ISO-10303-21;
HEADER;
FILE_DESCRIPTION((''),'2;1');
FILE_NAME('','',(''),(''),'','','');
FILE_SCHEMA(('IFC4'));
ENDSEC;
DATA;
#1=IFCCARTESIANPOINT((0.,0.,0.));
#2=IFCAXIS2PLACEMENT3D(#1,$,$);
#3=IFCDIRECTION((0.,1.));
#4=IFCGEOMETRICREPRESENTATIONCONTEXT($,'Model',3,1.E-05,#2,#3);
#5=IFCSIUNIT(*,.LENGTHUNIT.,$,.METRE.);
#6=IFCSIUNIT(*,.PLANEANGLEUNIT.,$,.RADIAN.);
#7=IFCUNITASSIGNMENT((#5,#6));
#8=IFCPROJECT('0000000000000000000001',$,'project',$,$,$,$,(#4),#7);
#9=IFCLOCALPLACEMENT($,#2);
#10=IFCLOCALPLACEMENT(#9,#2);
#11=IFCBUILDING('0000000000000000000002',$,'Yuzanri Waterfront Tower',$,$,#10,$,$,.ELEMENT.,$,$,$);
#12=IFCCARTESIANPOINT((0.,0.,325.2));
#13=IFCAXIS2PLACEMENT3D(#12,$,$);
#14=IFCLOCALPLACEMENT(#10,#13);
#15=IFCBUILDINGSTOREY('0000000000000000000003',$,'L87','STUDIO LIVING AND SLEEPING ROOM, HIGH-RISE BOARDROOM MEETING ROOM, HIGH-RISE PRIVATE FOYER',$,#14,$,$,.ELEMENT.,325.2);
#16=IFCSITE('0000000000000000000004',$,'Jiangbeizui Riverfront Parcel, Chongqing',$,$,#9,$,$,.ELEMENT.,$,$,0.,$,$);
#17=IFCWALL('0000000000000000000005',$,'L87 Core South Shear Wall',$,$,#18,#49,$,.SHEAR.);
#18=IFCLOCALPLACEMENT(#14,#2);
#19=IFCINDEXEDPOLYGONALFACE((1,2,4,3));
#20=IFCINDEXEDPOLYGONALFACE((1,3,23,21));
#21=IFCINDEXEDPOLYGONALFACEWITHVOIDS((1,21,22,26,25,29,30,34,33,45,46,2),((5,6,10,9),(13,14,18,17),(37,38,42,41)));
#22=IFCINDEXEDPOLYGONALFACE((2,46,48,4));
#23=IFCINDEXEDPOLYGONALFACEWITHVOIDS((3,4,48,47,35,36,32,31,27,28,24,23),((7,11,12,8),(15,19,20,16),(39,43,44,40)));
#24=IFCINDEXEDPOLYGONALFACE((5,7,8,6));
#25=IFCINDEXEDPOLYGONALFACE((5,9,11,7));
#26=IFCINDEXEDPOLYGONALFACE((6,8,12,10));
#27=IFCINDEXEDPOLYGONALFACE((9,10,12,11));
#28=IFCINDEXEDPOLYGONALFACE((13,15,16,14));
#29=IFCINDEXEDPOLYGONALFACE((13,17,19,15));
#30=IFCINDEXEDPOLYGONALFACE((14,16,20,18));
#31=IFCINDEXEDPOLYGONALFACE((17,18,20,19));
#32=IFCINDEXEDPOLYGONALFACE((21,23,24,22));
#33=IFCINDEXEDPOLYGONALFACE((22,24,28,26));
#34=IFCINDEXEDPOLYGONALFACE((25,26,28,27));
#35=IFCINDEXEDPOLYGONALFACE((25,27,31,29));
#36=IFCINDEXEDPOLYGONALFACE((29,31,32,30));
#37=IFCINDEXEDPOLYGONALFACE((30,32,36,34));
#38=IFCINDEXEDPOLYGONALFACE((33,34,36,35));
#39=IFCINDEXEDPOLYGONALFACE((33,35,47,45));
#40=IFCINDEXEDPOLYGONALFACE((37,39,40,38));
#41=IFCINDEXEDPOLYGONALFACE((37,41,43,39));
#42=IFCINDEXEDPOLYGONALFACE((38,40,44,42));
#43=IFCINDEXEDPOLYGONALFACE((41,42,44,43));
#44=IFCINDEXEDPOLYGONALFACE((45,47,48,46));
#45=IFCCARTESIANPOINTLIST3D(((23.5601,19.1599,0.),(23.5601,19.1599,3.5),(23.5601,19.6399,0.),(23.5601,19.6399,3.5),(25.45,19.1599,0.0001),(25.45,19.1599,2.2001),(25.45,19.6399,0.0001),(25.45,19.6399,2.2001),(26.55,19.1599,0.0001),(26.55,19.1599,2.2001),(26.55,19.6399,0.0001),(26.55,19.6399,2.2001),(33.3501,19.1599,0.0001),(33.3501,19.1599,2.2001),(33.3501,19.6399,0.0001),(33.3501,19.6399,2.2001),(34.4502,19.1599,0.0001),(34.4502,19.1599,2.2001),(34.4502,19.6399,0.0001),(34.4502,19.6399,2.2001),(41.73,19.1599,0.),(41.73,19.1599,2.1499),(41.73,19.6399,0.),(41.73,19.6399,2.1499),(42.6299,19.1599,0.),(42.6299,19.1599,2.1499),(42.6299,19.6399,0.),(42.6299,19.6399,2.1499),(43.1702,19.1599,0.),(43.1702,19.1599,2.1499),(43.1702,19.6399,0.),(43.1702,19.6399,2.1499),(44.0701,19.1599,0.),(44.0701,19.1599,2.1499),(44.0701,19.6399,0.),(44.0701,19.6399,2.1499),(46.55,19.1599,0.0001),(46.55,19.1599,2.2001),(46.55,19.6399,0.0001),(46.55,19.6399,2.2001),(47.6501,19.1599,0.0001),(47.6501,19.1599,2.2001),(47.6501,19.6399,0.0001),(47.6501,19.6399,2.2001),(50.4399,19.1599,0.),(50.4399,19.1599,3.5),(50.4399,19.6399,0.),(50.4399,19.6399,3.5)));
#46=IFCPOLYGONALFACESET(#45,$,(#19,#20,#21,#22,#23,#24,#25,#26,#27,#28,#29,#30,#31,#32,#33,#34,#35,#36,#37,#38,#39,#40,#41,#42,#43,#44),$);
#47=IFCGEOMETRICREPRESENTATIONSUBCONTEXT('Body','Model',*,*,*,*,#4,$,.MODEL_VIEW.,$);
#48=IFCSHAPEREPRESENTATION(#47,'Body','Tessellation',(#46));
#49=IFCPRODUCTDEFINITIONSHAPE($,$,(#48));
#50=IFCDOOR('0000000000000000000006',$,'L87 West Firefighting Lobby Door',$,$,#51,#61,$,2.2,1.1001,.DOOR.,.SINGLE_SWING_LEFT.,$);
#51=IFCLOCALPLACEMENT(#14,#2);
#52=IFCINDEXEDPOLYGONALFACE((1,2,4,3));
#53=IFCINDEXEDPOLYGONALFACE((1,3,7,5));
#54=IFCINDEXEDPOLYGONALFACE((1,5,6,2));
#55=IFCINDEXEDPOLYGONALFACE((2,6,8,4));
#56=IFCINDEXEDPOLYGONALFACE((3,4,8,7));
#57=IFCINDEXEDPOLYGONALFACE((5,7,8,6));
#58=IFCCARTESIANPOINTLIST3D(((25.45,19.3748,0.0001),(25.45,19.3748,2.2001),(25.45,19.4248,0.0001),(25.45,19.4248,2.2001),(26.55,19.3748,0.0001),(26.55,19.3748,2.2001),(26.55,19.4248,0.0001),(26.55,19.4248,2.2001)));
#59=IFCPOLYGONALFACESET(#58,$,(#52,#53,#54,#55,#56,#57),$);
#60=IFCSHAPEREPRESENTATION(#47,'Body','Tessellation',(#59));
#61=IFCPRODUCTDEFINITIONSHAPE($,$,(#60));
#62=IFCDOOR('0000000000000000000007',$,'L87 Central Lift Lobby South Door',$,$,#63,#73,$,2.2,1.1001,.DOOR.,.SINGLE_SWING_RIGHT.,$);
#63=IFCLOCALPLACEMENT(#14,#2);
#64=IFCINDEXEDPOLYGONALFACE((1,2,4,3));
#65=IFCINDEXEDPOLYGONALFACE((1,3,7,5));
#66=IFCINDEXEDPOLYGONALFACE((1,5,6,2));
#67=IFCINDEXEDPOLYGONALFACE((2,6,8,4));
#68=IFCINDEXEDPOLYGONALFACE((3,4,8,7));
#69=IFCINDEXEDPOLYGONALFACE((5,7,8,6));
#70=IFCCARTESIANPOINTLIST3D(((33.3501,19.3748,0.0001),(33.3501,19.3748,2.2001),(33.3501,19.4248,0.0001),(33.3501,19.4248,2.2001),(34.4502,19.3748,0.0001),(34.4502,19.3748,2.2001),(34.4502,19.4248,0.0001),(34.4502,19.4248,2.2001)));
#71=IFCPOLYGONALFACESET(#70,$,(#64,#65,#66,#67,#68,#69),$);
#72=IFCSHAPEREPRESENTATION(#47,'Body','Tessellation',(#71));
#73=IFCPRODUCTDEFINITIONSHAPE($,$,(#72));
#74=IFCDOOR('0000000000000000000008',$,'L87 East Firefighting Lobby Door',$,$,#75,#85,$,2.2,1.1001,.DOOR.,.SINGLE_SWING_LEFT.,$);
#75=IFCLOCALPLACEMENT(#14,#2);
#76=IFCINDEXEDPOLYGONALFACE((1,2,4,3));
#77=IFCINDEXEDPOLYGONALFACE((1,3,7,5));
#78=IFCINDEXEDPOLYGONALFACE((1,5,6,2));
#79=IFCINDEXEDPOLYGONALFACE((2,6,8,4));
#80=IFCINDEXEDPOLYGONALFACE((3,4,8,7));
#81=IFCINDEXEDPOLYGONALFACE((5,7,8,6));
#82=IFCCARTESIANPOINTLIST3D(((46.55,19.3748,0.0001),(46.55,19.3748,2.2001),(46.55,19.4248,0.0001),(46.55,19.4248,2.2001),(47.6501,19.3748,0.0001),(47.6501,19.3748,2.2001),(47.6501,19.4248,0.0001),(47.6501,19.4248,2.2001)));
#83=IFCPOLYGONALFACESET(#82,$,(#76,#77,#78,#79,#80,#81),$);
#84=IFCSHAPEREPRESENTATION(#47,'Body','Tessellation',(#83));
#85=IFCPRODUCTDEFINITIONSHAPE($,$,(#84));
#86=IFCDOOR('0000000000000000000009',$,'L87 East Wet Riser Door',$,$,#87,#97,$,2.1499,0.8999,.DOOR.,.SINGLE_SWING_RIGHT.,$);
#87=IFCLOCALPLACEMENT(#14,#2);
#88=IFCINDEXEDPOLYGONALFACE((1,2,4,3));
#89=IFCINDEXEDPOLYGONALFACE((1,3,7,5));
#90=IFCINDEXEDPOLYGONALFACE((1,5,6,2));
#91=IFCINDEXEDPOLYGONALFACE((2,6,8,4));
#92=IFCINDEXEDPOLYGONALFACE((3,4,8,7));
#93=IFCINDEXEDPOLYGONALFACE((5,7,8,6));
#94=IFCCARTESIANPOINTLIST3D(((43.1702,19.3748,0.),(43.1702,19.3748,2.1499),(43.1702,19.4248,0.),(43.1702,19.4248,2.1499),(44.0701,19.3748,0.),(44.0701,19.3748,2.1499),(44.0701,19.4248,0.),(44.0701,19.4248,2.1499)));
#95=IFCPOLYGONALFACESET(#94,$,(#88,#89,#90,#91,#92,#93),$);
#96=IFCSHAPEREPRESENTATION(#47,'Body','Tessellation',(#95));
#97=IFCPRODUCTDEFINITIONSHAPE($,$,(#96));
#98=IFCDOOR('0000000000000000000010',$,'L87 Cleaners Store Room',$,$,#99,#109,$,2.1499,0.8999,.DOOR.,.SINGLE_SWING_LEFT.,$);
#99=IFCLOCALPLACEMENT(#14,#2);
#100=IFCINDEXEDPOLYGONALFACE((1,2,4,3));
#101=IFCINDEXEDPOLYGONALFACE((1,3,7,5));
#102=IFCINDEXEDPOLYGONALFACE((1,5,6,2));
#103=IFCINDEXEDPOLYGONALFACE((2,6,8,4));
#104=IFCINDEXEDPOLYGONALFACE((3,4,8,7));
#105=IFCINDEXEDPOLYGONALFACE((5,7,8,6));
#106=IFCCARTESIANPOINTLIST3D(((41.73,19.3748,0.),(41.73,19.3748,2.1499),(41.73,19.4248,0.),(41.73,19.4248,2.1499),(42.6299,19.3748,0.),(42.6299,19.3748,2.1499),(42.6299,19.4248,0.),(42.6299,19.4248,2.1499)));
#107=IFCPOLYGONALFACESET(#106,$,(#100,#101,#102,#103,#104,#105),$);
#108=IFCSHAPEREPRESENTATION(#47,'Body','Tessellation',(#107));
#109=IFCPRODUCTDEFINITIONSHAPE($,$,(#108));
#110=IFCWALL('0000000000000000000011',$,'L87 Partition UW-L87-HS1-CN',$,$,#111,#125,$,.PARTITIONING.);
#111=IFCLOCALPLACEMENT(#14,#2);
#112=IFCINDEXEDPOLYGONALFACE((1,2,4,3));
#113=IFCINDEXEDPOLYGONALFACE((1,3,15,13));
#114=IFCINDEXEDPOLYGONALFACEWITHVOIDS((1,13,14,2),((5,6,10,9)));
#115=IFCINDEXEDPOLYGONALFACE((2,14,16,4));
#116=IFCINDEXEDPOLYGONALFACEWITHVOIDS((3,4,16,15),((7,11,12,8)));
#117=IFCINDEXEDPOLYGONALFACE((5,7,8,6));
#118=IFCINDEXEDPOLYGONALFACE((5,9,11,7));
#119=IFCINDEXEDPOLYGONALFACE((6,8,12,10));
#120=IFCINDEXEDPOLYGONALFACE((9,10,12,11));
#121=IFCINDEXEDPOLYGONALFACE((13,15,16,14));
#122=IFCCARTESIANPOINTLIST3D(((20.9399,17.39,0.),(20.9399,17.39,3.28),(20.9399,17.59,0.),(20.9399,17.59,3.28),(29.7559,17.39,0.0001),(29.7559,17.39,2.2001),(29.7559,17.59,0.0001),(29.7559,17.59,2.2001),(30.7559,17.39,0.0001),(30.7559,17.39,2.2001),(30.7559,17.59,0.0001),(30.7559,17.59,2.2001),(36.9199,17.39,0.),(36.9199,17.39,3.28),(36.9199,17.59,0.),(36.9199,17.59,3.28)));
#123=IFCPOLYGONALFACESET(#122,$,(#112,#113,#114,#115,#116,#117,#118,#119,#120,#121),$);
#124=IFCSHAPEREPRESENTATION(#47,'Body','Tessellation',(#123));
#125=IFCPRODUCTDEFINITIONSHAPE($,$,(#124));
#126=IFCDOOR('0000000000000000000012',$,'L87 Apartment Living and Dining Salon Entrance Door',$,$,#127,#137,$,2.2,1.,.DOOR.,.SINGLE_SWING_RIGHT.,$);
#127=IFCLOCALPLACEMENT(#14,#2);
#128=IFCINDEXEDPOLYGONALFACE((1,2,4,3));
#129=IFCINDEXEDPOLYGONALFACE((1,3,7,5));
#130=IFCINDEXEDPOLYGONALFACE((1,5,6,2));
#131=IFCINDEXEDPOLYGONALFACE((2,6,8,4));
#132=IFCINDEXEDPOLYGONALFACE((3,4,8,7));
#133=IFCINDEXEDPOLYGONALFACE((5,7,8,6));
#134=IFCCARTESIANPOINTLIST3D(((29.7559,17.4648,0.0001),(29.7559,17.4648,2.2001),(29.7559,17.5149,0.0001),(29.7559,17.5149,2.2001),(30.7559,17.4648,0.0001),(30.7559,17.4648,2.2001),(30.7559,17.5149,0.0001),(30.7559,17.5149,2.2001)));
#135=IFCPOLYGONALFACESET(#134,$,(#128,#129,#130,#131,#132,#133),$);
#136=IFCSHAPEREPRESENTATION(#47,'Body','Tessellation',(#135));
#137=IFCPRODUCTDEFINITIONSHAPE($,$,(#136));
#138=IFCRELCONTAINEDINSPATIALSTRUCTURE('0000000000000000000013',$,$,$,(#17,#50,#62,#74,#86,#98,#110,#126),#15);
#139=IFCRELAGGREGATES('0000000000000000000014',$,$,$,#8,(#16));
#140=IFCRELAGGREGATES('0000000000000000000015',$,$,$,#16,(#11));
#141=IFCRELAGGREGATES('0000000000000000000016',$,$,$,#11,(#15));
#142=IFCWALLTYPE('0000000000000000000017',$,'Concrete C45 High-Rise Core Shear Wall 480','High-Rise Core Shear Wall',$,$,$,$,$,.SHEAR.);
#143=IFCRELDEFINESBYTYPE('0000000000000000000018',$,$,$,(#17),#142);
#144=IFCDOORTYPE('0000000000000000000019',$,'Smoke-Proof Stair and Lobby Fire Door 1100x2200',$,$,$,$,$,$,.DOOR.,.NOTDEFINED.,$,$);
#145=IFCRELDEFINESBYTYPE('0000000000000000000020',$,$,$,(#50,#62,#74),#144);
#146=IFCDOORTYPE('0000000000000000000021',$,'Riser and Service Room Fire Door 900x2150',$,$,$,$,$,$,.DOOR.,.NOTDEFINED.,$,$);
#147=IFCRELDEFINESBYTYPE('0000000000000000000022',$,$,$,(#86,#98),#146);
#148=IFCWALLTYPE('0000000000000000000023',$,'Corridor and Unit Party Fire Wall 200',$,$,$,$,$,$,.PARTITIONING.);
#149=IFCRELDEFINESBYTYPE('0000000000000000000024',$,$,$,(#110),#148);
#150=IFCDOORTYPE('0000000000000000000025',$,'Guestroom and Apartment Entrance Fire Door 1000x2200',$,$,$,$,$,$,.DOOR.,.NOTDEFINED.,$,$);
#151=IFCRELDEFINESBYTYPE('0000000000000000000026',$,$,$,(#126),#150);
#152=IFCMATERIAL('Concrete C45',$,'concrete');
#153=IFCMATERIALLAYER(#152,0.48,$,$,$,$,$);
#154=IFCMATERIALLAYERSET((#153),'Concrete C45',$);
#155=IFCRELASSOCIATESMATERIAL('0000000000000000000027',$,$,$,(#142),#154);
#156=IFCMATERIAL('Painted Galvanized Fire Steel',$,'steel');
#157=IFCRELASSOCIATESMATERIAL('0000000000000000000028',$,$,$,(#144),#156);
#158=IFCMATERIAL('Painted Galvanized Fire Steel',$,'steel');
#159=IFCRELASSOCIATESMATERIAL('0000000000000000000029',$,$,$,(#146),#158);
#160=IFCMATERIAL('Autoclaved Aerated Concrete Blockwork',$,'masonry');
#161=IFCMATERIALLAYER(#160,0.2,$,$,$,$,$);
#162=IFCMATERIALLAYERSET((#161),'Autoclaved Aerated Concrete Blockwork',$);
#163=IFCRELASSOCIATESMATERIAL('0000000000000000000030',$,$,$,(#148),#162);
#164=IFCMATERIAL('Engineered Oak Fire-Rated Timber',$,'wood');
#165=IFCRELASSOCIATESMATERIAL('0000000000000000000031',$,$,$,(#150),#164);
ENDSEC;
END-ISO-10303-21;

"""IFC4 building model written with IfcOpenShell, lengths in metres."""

from ifc_helpers import new_model, si_unit, direction, frame, frame_2d, origin, place, context, subcontext, project, spatial, rectangle, extrude, source, transform, mapped, material, layer, layer_set, type_object, element, fill, save


model = new_model("IFC4")

# Units and contexts
model_context = context("Model", 3, precision=1e-05, world=origin(), true_north=direction((0.0, 1.0)))
body_context = subcontext(model_context, "Body", "Model", "MODEL_VIEW")
ifc_project = project(units=[si_unit("LENGTHUNIT", "METRE"), si_unit("PLANEANGLEUNIT", "RADIAN")], contexts=[model_context])

# Site, building, storey
site_placement = place(None, origin())
site = spatial("IfcSite", under=ifc_project, at=site_placement, Name="Jiangbeizui Riverfront Parcel, Chongqing", CompositionType="ELEMENT", RefElevation=0.0)
building_placement = place(site_placement, origin())
building = spatial("IfcBuilding", under=site, at=building_placement, Name="Yuzanri Waterfront Tower", CompositionType="ELEMENT")
storey_placement = place(building_placement, frame((0.0, 0.0, 325.2)))
storey = spatial("IfcBuildingStorey", under=building, at=storey_placement, Name="L87", Description="STUDIO LIVING AND SLEEPING ROOM, HIGH-RISE BOARDROOM MEETING ROOM, HIGH-RISE PRIVATE FOYER", CompositionType="ELEMENT", Elevation=325.2)

# Wall, openings, doors
ifc_material_1 = material(Name="Concrete C45", Category="concrete")
ifc_layer_1 = layer(ifc_material_1, 0.48)
ifc_layer_set_1 = layer_set([ifc_layer_1], Name="Concrete C45")
wall_type_1 = type_object("IfcWallType", Name="Concrete C45 High-Rise Core Shear Wall 480", Description="High-Rise Core Shear Wall", PredefinedType="SHEAR", material=ifc_layer_set_1)
wall_1_placement = place(storey_placement, frame((23.5601, 19.3999, 0.0), z_axis=(0.0, 0.0, 1.0), x_axis=(1.0, 0.0, 0.0)))
wall_1 = element("IfcWall", 1, at=wall_1_placement, inside=storey, type_object=wall_type_1, Name="L87 Core South Shear Wall", PredefinedType="SHEAR", context=body_context, shape_type="SweptSolid", body=[
    extrude(rectangle(XDim=26.8799, YDim=0.48, at=frame_2d((13.4399, 0.0))), origin(), (0.0, 0.0, 1.0), 3.5),
])
opening_1_placement = place(wall_1_placement, frame((1.8899, 0.0, 0.0)))
opening_1 = element("IfcOpeningElement", 2, at=opening_1_placement, cuts=wall_1, PredefinedType="OPENING", context=body_context, shape_type="SweptSolid", body=[
    extrude(rectangle(XDim=1.1001, YDim=2.2, at=frame_2d((0.55, 1.1001))), frame((0.0, 0.2549, 0.0), z_axis=(0.0, -1.0, 0.0), x_axis=(1.0, 0.0, 0.0)), (0.0, 0.0, 1.0), 0.5098),
])
opening_2_placement = place(wall_1_placement, frame((9.79, 0.0, 0.0)))
opening_2 = element("IfcOpeningElement", 3, at=opening_2_placement, cuts=wall_1, PredefinedType="OPENING", context=body_context, shape_type="SweptSolid", body=[
    extrude(rectangle(XDim=1.1001, YDim=2.2, at=frame_2d((0.55, 1.1001))), frame((0.0, 0.2549, 0.0), z_axis=(0.0, -1.0, 0.0), x_axis=(1.0, 0.0, 0.0)), (0.0, 0.0, 1.0), 0.5098),
])
opening_3_placement = place(wall_1_placement, frame((22.99, 0.0, 0.0)))
opening_3 = element("IfcOpeningElement", 4, at=opening_3_placement, cuts=wall_1, PredefinedType="OPENING", context=body_context, shape_type="SweptSolid", body=[
    extrude(rectangle(XDim=1.1001, YDim=2.2, at=frame_2d((0.55, 1.1001))), frame((0.0, 0.2549, 0.0), z_axis=(0.0, -1.0, 0.0), x_axis=(1.0, 0.0, 0.0)), (0.0, 0.0, 1.0), 0.5098),
])
opening_4_placement = place(wall_1_placement, frame((19.6101, 0.0, 0.0)))
opening_4 = element("IfcOpeningElement", 5, at=opening_4_placement, cuts=wall_1, PredefinedType="OPENING", context=body_context, shape_type="SweptSolid", body=[
    extrude(rectangle(XDim=0.8999, YDim=2.1499, at=frame_2d((0.45, 1.075))), frame((0.0, 0.2549, 0.0), z_axis=(0.0, -1.0, 0.0), x_axis=(1.0, 0.0, 0.0)), (0.0, 0.0, 1.0), 0.5098),
])
opening_5_placement = place(wall_1_placement, frame((18.1699, 0.0, 0.0)))
opening_5 = element("IfcOpeningElement", 6, at=opening_5_placement, cuts=wall_1, PredefinedType="OPENING", context=body_context, shape_type="SweptSolid", body=[
    extrude(rectangle(XDim=0.8999, YDim=2.1499, at=frame_2d((0.45, 1.075))), frame((0.0, 0.2549, 0.0), z_axis=(0.0, -1.0, 0.0), x_axis=(1.0, 0.0, 0.0)), (0.0, 0.0, 1.0), 0.5098),
])
ifc_material_2 = material(Name="Painted Galvanized Fire Steel", Category="steel")
door_type_1 = type_object("IfcDoorType", Name="Smoke-Proof Stair and Lobby Fire Door 1100x2200", OperationType="NOTDEFINED", PredefinedType="DOOR", material=ifc_material_2)
shared_shape_1 = source(origin(), body_context, "Body", "SweptSolid", [
    extrude(rectangle(XDim=1.1001, YDim=2.2, at=frame_2d((0.55, 1.1001))), frame((0.0, 0.0249, 0.0), z_axis=(0.0, -1.0, 0.0), x_axis=(1.0, 0.0, 0.0)), (0.0, 0.0, 1.0), 0.05),
])
door_1_placement = place(opening_1_placement, origin())
door_1 = element("IfcDoor", 7, at=door_1_placement, inside=storey, type_object=door_type_1, Name="L87 West Firefighting Lobby Door", OperationType="SINGLE_SWING_LEFT", OverallHeight=2.2, OverallWidth=1.1001, PredefinedType="DOOR", context=body_context, shape_type="MappedRepresentation", body=[
    mapped(shared_shape_1, transform((0.0, 0.0, 0.0), scale=1.0)),
])
fill(opening_1, door_1)
door_2_placement = place(opening_2_placement, origin())
door_2 = element("IfcDoor", 8, at=door_2_placement, inside=storey, type_object=door_type_1, Name="L87 Central Lift Lobby South Door", OperationType="SINGLE_SWING_RIGHT", OverallHeight=2.2, OverallWidth=1.1001, PredefinedType="DOOR", context=body_context, shape_type="MappedRepresentation", body=[
    mapped(shared_shape_1, transform((0.0, 0.0, 0.0), scale=1.0)),
])
fill(opening_2, door_2)
door_3_placement = place(opening_3_placement, origin())
door_3 = element("IfcDoor", 9, at=door_3_placement, inside=storey, type_object=door_type_1, Name="L87 East Firefighting Lobby Door", OperationType="SINGLE_SWING_LEFT", OverallHeight=2.2, OverallWidth=1.1001, PredefinedType="DOOR", context=body_context, shape_type="MappedRepresentation", body=[
    mapped(shared_shape_1, transform((0.0, 0.0, 0.0), scale=1.0)),
])
fill(opening_3, door_3)
ifc_material_3 = material(Name="Painted Galvanized Fire Steel", Category="steel")
door_type_2 = type_object("IfcDoorType", Name="Riser and Service Room Fire Door 900x2150", OperationType="NOTDEFINED", PredefinedType="DOOR", material=ifc_material_3)
shared_shape_2 = source(origin(), body_context, "Body", "SweptSolid", [
    extrude(rectangle(XDim=0.8999, YDim=2.1499, at=frame_2d((0.45, 1.075))), frame((0.0, 0.0249, 0.0), z_axis=(0.0, -1.0, 0.0), x_axis=(1.0, 0.0, 0.0)), (0.0, 0.0, 1.0), 0.05),
])
door_4_placement = place(opening_4_placement, origin())
door_4 = element("IfcDoor", 10, at=door_4_placement, inside=storey, type_object=door_type_2, Name="L87 East Wet Riser Door", OperationType="SINGLE_SWING_RIGHT", OverallHeight=2.1499, OverallWidth=0.8999, PredefinedType="DOOR", context=body_context, shape_type="MappedRepresentation", body=[
    mapped(shared_shape_2, transform((0.0, 0.0, 0.0), scale=1.0)),
])
fill(opening_4, door_4)
door_5_placement = place(opening_5_placement, origin())
door_5 = element("IfcDoor", 11, at=door_5_placement, inside=storey, type_object=door_type_2, Name="L87 Cleaners Store Room", OperationType="SINGLE_SWING_LEFT", OverallHeight=2.1499, OverallWidth=0.8999, PredefinedType="DOOR", context=body_context, shape_type="MappedRepresentation", body=[
    mapped(shared_shape_2, transform((0.0, 0.0, 0.0), scale=1.0)),
])
fill(opening_5, door_5)

# Wall, opening, door
ifc_material_4 = material(Name="Autoclaved Aerated Concrete Blockwork", Category="masonry")
ifc_layer_2 = layer(ifc_material_4, 0.2)
ifc_layer_set_2 = layer_set([ifc_layer_2], Name="Autoclaved Aerated Concrete Blockwork")
wall_type_2 = type_object("IfcWallType", Name="Corridor and Unit Party Fire Wall 200", PredefinedType="PARTITIONING", material=ifc_layer_set_2)
wall_2_placement = place(storey_placement, frame((20.9399, 17.49, 0.0), z_axis=(0.0, 0.0, 1.0), x_axis=(1.0, 0.0, 0.0)))
wall_2 = element("IfcWall", 12, at=wall_2_placement, inside=storey, type_object=wall_type_2, Name="L87 Partition UW-L87-HS1-CN", PredefinedType="PARTITIONING", context=body_context, shape_type="SweptSolid", body=[
    extrude(rectangle(XDim=15.98, YDim=0.2, at=frame_2d((7.99, 0.0))), origin(), (0.0, 0.0, 1.0), 3.28),
])
opening_6_placement = place(wall_2_placement, frame((8.8159, 0.0, 0.0)))
opening_6 = element("IfcOpeningElement", 13, at=opening_6_placement, cuts=wall_2, PredefinedType="OPENING", context=body_context, shape_type="SweptSolid", body=[
    extrude(rectangle(XDim=1.0, YDim=2.2, at=frame_2d((0.5, 1.1001))), frame((0.0, 0.1147, 0.0), z_axis=(0.0, -1.0, 0.0), x_axis=(1.0, 0.0, 0.0)), (0.0, 0.0, 1.0), 0.2297),
])
ifc_material_5 = material(Name="Engineered Oak Fire-Rated Timber", Category="wood")
door_type_3 = type_object("IfcDoorType", Name="Guestroom and Apartment Entrance Fire Door 1000x2200", OperationType="NOTDEFINED", PredefinedType="DOOR", material=ifc_material_5)
shared_shape_3 = source(origin(), body_context, "Body", "SweptSolid", [
    extrude(rectangle(XDim=1.0, YDim=2.2, at=frame_2d((0.5, 1.1001))), frame((0.0, 0.0249, 0.0), z_axis=(0.0, -1.0, 0.0), x_axis=(1.0, 0.0, 0.0)), (0.0, 0.0, 1.0), 0.05),
])
door_6_placement = place(opening_6_placement, origin())
door_6 = element("IfcDoor", 14, at=door_6_placement, inside=storey, type_object=door_type_3, Name="L87 Apartment Living and Dining Salon Entrance Door", OperationType="SINGLE_SWING_RIGHT", OverallHeight=2.2, OverallWidth=1.0, PredefinedType="DOOR", context=body_context, shape_type="MappedRepresentation", body=[
    mapped(shared_shape_3, transform((0.0, 0.0, 0.0), scale=1.0)),
])
fill(opening_6, door_6)

save(model, "model.ifc")
